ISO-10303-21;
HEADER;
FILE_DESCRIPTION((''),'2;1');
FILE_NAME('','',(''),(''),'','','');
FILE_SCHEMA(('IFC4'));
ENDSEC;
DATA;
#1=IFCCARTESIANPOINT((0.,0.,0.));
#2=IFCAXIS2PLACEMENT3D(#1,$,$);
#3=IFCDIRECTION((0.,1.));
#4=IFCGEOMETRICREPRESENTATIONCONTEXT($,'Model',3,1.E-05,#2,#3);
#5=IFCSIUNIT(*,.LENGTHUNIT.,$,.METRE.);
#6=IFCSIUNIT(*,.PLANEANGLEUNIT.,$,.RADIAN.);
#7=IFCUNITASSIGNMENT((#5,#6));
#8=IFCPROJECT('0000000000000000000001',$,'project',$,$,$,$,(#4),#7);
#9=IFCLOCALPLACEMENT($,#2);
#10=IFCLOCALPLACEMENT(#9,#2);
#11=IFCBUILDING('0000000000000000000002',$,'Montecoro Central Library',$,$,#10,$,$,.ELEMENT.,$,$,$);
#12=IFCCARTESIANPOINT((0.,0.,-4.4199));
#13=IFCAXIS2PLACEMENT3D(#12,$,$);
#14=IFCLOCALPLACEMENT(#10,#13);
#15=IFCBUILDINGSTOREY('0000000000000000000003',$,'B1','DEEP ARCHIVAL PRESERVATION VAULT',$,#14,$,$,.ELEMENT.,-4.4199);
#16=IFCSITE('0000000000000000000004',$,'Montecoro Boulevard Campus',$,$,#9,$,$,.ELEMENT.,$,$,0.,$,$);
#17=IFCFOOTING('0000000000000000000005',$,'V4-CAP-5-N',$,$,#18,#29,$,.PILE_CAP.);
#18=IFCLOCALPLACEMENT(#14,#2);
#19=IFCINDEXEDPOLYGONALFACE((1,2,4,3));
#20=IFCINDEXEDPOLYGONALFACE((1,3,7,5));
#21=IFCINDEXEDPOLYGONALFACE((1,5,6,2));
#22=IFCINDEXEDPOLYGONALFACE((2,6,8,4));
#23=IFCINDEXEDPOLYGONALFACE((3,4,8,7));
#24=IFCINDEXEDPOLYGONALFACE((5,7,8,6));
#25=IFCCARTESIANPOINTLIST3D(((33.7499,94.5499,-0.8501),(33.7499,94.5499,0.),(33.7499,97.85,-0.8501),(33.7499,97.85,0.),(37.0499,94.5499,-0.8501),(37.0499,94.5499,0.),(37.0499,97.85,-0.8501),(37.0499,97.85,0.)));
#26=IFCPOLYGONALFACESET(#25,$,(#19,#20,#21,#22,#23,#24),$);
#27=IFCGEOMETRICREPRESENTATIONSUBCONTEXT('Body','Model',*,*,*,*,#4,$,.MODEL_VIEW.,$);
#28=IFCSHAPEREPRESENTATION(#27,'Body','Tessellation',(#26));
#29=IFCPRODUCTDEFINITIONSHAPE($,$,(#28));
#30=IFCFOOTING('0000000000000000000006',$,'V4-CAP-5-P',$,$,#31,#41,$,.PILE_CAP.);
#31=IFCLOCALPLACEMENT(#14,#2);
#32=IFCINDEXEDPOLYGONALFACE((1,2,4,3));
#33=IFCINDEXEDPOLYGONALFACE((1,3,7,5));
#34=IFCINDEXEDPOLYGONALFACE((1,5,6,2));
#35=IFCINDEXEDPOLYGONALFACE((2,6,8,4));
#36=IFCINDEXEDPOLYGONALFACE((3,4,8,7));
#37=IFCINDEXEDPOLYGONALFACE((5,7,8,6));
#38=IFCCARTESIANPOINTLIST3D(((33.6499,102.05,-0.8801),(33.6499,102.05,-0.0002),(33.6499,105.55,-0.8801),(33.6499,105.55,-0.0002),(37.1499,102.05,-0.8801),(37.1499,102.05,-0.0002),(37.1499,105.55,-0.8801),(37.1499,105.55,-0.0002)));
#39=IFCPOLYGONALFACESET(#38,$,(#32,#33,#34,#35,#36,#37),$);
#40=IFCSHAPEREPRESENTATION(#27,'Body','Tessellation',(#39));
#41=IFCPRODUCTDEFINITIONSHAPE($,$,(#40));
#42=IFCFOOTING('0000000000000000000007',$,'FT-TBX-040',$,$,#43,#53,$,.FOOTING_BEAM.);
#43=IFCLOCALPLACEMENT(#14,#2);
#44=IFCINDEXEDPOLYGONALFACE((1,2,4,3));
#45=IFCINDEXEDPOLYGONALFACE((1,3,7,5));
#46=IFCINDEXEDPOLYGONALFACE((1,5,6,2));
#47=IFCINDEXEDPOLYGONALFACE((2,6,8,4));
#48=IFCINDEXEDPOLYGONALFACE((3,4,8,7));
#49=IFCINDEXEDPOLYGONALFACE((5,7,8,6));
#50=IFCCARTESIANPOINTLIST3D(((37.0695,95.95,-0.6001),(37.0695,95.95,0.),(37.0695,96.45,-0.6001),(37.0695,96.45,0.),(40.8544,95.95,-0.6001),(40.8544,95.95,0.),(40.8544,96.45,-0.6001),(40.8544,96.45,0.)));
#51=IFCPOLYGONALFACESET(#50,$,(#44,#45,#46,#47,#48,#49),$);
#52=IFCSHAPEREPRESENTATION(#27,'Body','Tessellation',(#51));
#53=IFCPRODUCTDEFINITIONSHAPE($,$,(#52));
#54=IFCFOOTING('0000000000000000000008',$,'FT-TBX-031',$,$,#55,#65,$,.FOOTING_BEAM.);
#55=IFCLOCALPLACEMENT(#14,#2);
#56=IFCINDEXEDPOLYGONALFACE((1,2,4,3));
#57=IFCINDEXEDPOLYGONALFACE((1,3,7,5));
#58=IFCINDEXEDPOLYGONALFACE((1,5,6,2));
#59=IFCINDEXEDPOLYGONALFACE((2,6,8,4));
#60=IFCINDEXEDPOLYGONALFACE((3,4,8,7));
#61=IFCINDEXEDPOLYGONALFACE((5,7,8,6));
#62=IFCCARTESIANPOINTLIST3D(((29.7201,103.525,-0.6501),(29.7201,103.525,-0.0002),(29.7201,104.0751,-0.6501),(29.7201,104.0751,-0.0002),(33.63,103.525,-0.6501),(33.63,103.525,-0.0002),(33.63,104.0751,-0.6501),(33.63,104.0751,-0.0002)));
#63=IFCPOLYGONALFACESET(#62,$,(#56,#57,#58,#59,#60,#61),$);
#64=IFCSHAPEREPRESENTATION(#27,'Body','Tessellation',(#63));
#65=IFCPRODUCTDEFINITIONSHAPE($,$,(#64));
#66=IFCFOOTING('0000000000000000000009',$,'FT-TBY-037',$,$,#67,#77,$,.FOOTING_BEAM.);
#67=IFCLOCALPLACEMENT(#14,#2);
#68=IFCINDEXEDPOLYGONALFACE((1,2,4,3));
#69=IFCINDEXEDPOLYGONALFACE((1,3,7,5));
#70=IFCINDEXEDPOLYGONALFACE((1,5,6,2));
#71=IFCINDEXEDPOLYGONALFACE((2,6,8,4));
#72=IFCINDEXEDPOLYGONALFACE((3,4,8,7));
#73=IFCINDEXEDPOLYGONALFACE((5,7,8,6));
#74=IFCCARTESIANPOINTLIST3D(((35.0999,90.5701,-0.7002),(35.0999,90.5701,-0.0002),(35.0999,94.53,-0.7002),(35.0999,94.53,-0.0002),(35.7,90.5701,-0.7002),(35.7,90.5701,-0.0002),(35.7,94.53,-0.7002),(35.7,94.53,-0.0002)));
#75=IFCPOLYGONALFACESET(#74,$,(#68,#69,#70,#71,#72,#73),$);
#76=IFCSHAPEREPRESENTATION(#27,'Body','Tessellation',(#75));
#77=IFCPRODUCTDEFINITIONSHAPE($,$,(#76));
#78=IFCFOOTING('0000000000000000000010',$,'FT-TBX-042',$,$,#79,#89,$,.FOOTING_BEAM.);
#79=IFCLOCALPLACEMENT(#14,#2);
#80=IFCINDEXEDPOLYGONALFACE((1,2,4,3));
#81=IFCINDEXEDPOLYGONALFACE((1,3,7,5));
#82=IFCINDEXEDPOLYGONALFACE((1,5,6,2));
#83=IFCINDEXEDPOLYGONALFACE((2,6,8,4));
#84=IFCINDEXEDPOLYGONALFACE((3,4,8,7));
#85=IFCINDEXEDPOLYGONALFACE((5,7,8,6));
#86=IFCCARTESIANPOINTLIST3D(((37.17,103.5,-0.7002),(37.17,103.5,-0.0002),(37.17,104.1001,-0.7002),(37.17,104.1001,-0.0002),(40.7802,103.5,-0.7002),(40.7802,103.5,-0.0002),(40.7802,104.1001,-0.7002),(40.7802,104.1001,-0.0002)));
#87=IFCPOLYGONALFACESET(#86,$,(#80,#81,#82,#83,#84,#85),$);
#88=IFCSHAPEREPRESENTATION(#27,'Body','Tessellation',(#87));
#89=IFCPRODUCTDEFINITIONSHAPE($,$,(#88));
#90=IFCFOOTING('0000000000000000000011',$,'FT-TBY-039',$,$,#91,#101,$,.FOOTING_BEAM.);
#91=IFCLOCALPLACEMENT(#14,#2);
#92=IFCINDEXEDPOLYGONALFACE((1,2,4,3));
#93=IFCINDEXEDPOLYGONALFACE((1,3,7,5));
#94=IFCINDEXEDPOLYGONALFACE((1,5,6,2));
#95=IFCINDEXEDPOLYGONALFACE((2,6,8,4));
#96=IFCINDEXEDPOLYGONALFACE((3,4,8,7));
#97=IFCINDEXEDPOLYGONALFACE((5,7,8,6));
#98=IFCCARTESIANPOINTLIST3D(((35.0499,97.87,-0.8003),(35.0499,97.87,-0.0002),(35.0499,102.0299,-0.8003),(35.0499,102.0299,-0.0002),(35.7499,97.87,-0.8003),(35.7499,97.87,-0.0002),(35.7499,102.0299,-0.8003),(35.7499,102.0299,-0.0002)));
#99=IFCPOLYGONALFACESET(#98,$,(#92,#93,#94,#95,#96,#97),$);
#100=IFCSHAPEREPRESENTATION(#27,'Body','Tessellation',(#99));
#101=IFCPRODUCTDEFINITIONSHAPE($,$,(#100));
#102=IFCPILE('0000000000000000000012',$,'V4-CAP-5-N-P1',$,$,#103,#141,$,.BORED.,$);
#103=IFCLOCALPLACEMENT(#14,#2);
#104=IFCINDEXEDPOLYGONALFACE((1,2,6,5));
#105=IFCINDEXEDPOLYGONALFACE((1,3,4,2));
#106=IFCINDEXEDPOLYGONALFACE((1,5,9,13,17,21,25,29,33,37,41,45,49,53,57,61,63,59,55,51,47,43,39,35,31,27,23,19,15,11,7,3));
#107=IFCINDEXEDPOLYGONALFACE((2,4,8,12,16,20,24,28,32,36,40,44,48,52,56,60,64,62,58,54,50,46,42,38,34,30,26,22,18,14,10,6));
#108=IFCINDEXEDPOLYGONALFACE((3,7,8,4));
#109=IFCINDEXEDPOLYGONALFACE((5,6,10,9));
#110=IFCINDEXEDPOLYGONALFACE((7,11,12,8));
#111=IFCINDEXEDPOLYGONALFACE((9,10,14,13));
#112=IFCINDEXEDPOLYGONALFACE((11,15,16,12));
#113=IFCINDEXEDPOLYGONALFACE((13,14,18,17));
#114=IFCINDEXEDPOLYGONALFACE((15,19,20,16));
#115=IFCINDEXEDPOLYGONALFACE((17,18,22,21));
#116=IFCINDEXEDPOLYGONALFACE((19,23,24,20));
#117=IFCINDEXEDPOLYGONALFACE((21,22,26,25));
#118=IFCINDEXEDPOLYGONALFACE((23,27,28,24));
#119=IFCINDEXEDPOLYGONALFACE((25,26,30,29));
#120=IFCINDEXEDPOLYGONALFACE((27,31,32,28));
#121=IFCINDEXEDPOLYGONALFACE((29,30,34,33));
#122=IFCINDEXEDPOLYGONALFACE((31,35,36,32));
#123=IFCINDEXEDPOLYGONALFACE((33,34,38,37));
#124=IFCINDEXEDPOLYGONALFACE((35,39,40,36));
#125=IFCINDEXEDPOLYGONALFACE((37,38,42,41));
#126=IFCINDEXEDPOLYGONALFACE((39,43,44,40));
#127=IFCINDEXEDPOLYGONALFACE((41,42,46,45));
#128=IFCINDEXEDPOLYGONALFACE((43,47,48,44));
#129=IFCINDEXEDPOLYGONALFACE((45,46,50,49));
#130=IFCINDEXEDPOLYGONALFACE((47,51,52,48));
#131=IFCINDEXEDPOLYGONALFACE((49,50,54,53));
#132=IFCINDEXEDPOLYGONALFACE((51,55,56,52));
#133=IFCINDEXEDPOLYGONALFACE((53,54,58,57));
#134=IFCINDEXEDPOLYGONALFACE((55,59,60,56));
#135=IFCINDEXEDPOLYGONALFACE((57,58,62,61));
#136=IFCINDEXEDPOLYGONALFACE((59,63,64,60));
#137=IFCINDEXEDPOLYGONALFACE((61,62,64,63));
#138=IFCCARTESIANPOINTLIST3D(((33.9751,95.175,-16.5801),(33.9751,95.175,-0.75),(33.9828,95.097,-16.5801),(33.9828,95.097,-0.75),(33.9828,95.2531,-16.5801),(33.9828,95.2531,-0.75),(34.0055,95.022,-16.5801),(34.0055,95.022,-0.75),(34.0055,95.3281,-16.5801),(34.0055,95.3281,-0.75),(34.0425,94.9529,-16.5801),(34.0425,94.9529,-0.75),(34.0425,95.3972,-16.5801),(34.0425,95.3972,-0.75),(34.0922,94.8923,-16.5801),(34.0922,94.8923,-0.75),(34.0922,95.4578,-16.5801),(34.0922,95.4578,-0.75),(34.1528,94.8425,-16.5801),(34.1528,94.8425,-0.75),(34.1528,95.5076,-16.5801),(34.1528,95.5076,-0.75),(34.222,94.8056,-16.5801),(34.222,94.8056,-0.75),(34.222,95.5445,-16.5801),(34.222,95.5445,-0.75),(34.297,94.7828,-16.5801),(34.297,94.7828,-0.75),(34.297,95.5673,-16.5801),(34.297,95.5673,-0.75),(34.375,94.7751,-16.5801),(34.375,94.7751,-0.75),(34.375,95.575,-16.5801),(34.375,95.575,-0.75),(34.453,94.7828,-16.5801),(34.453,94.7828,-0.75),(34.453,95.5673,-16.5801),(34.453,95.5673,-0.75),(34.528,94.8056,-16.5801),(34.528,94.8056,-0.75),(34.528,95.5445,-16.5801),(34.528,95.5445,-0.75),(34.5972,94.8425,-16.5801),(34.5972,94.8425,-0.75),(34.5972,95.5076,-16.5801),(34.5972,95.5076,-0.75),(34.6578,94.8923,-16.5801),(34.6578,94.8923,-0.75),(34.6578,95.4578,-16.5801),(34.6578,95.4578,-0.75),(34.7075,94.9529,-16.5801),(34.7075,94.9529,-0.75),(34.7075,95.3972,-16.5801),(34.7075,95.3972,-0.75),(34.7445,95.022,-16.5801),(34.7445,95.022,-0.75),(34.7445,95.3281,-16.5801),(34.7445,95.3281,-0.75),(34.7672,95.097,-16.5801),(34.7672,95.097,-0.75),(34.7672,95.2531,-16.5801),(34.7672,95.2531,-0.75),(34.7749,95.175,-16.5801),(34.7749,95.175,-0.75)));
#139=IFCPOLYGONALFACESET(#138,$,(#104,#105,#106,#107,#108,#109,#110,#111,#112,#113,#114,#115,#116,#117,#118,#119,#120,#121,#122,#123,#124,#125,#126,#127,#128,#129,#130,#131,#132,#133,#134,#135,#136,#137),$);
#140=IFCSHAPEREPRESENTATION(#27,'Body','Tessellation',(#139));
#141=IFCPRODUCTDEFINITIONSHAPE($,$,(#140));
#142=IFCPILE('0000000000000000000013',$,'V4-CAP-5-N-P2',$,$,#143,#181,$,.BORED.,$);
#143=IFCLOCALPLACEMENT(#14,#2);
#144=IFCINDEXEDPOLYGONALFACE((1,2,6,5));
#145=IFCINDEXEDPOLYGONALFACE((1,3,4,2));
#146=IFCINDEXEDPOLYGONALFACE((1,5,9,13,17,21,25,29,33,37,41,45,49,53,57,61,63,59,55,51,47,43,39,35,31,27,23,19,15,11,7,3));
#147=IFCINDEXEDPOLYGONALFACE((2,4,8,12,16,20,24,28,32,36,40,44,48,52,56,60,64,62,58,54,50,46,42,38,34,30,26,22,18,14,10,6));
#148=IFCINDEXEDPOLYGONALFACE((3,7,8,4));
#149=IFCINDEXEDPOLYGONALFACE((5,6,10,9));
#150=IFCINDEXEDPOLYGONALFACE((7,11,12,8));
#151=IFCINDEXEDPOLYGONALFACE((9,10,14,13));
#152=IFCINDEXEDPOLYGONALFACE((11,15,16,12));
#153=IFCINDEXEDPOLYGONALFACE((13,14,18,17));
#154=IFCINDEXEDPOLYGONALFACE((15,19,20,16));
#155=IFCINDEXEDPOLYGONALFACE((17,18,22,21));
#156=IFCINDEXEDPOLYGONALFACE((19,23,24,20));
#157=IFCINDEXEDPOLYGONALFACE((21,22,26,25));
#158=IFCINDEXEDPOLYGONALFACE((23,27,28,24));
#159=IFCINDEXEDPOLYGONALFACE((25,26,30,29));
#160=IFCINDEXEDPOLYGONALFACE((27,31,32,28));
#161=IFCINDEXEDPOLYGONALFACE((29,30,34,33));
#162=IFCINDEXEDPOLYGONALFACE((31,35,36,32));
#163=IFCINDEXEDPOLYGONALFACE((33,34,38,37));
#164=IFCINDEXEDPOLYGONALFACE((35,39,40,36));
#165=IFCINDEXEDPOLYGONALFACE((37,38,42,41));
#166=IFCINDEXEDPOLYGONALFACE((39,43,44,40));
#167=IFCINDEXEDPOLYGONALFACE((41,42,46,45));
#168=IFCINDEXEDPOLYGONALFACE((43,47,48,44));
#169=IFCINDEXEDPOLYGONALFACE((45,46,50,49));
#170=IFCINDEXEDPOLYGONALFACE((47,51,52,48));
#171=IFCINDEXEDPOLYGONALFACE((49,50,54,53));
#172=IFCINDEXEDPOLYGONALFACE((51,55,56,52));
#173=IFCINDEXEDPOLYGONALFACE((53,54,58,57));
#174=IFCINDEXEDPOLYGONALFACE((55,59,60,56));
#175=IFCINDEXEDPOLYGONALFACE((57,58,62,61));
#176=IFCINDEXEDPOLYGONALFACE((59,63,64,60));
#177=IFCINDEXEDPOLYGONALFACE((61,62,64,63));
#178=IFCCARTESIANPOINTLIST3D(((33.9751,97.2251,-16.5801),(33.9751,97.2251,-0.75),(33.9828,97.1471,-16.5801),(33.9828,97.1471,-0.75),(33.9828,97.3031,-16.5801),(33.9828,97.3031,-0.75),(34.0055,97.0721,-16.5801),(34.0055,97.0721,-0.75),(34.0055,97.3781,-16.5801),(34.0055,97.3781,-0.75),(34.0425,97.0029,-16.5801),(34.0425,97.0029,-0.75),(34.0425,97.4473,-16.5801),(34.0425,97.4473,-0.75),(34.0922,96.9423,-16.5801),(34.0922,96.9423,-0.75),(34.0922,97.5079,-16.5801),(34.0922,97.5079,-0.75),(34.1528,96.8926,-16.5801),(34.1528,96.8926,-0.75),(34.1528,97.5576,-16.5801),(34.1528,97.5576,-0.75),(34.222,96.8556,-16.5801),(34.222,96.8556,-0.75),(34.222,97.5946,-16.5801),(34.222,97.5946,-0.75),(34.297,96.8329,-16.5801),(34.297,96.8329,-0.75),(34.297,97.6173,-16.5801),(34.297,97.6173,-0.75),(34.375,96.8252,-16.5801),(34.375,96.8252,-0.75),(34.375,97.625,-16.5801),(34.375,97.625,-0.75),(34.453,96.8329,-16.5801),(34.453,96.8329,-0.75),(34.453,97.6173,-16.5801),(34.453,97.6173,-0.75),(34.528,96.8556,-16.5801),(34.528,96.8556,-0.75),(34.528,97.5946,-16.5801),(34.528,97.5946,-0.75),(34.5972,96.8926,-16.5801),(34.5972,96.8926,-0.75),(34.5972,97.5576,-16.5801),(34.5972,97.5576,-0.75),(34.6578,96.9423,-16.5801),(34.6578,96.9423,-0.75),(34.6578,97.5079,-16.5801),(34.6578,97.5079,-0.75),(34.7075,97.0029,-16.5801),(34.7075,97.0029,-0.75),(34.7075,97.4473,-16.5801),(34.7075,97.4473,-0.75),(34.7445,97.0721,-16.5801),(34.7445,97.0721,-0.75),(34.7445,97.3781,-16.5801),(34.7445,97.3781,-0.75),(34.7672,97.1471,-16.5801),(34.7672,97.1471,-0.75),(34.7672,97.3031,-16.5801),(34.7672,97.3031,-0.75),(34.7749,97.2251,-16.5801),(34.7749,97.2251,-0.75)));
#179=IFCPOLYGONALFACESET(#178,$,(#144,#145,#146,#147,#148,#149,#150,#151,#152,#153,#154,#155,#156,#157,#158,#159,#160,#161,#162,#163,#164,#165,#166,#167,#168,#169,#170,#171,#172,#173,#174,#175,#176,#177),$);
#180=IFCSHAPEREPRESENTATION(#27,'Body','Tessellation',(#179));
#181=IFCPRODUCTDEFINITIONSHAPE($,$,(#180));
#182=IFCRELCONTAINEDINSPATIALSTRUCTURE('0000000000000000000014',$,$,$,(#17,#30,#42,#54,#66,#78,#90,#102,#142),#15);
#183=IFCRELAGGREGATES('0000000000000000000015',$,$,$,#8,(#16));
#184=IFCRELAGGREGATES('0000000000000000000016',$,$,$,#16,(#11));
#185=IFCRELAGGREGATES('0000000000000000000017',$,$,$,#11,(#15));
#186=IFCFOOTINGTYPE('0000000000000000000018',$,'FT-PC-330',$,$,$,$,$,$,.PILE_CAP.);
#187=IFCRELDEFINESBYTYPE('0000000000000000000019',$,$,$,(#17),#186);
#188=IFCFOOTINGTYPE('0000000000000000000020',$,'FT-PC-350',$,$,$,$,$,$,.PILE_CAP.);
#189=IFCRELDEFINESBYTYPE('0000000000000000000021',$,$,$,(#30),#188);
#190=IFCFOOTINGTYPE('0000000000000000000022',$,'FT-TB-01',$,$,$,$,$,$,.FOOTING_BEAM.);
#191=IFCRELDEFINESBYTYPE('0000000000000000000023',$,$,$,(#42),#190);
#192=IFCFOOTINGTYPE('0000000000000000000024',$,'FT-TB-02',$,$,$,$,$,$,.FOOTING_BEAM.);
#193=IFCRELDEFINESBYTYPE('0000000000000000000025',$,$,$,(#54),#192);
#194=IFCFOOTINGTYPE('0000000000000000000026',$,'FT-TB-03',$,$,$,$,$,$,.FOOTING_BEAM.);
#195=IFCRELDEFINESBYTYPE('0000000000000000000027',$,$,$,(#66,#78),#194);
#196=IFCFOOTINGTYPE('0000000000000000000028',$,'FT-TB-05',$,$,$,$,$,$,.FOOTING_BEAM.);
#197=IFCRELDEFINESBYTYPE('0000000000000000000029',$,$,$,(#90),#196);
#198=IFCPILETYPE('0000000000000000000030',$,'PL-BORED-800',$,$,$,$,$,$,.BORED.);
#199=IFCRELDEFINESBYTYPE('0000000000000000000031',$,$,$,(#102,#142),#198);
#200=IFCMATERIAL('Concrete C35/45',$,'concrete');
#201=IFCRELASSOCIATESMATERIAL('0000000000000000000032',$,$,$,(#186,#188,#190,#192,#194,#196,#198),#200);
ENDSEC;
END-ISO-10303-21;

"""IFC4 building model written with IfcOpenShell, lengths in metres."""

from ifc_helpers import new_model, si_unit, direction, frame, origin, origin_2d, place, context, subcontext, project, spatial, rectangle, circle, extrude, material, material_profile, profile_set, type_object, element, save


model = new_model("IFC4")

# Units and contexts
model_context = context("Model", 3, precision=1e-05, world=origin(), true_north=direction((0.0, 1.0)))
body_context = subcontext(model_context, "Body", "Model", "MODEL_VIEW")
ifc_project = project(units=[si_unit("LENGTHUNIT", "METRE"), si_unit("PLANEANGLEUNIT", "RADIAN")], contexts=[model_context])

# Site, building, storey
site_placement = place(None, origin())
site = spatial("IfcSite", under=ifc_project, at=site_placement, Name="Montecoro Boulevard Campus", CompositionType="ELEMENT", RefElevation=0.0)
building_placement = place(site_placement, origin())
building = spatial("IfcBuilding", under=site, at=building_placement, Name="Montecoro Central Library", CompositionType="ELEMENT")
storey_placement = place(building_placement, frame((0.0, 0.0, -4.4199)))
storey = spatial("IfcBuildingStorey", under=building, at=storey_placement, Name="B1", Description="DEEP ARCHIVAL PRESERVATION VAULT", CompositionType="ELEMENT", Elevation=-4.4199)

# Footings
ifc_material_1 = material(Name="Concrete C35/45", Category="concrete")
footing_type_1 = type_object("IfcFootingType", Name="FT-PC-330", PredefinedType="PILE_CAP", material=ifc_material_1)
footing_1_placement = place(storey_placement, frame((35.3999, 96.2, -0.8501), z_axis=(0.0, 0.0, 1.0), x_axis=(1.0, 0.0, 0.0)))
element("IfcFooting", 1, at=footing_1_placement, inside=storey, type_object=footing_type_1, Name="V4-CAP-5-N", PredefinedType="PILE_CAP", context=body_context, shape_type="SweptSolid", body=[
    extrude(rectangle(XDim=3.3, YDim=3.3, at=origin_2d()), origin(), (0.0, 0.0, 1.0), 0.8501),
])
footing_type_2 = type_object("IfcFootingType", Name="FT-PC-350", PredefinedType="PILE_CAP", material=ifc_material_1)
footing_2_placement = place(storey_placement, frame((35.3999, 103.8, -0.8801), z_axis=(0.0, 0.0, 1.0), x_axis=(1.0, 0.0, 0.0)))
element("IfcFooting", 2, at=footing_2_placement, inside=storey, type_object=footing_type_2, Name="V4-CAP-5-P", PredefinedType="PILE_CAP", context=body_context, shape_type="SweptSolid", body=[
    extrude(rectangle(XDim=3.5, YDim=3.5, at=origin_2d()), origin(), (0.0, 0.0, 1.0), 0.8799),
])
footing_type_3 = type_object("IfcFootingType", Name="FT-TB-01", PredefinedType="FOOTING_BEAM", material=ifc_material_1)
footing_3_placement = place(storey_placement, frame((38.9619, 96.2, -0.6001), z_axis=(0.0, 0.0, 1.0), x_axis=(1.0, 0.0, 0.0)))
element("IfcFooting", 3, at=footing_3_placement, inside=storey, type_object=footing_type_3, Name="FT-TBX-040", PredefinedType="FOOTING_BEAM", context=body_context, shape_type="SweptSolid", body=[
    extrude(rectangle(XDim=3.7849, YDim=0.5, at=origin_2d()), origin(), (0.0, 0.0, 1.0), 0.6001),
])
footing_type_4 = type_object("IfcFootingType", Name="FT-TB-02", PredefinedType="FOOTING_BEAM", material=ifc_material_1)
footing_4_placement = place(storey_placement, frame((31.675, 103.8, -0.6501), z_axis=(0.0, 0.0, 1.0), x_axis=(1.0, 0.0, 0.0)))
element("IfcFooting", 4, at=footing_4_placement, inside=storey, type_object=footing_type_4, Name="FT-TBX-031", PredefinedType="FOOTING_BEAM", context=body_context, shape_type="SweptSolid", body=[
    extrude(rectangle(XDim=3.9099, YDim=0.55, at=origin_2d()), origin(), (0.0, 0.0, 1.0), 0.6499),
])
footing_type_5 = type_object("IfcFootingType", Name="FT-TB-03", PredefinedType="FOOTING_BEAM", material=ifc_material_1)
footing_5_placement = place(storey_placement, frame((35.3999, 92.55, -0.7002), z_axis=(0.0, 0.0, 1.0), x_axis=(1.0, 0.0, 0.0)))
element("IfcFooting", 5, at=footing_5_placement, inside=storey, type_object=footing_type_5, Name="FT-TBY-037", PredefinedType="FOOTING_BEAM", context=body_context, shape_type="SweptSolid", body=[
    extrude(rectangle(XDim=0.6001, YDim=3.96, at=origin_2d()), origin(), (0.0, 0.0, 1.0), 0.7),
])
footing_6_placement = place(storey_placement, frame((38.9751, 103.8, -0.7002), z_axis=(0.0, 0.0, 1.0), x_axis=(1.0, 0.0, 0.0)))
element("IfcFooting", 6, at=footing_6_placement, inside=storey, type_object=footing_type_5, Name="FT-TBX-042", PredefinedType="FOOTING_BEAM", context=body_context, shape_type="SweptSolid", body=[
    extrude(rectangle(XDim=3.6101, YDim=0.6001, at=origin_2d()), origin(), (0.0, 0.0, 1.0), 0.7),
])
footing_type_6 = type_object("IfcFootingType", Name="FT-TB-05", PredefinedType="FOOTING_BEAM", material=ifc_material_1)
footing_7_placement = place(storey_placement, frame((35.3999, 99.95, -0.8003), z_axis=(0.0, 0.0, 1.0), x_axis=(1.0, 0.0, 0.0)))
element("IfcFooting", 7, at=footing_7_placement, inside=storey, type_object=footing_type_6, Name="FT-TBY-039", PredefinedType="FOOTING_BEAM", context=body_context, shape_type="SweptSolid", body=[
    extrude(rectangle(XDim=0.7, YDim=4.1599, at=origin_2d()), origin(), (0.0, 0.0, 1.0), 0.8),
])

# Piles
ifc_material_profile_1 = material_profile(ifc_material_1, circle(Radius=0.3999, at=origin_2d()), Name="PILE D800")
ifc_profile_set_1 = profile_set([ifc_material_profile_1], Name="Concrete C35/45")
pile_type_1 = type_object("IfcPileType", Name="PL-BORED-800", PredefinedType="BORED", material=ifc_profile_set_1)
for number, where, z_axis, x_axis, name in (
    (8, (34.375, 95.175, -0.75), (0.0, 0.0, -1.0), (1.0, 0.0, 0.0), "V4-CAP-5-N-P1"),
    (9, (34.375, 97.2251, -0.75), (0.0, 0.0, -1.0), (1.0, 0.0, 0.0), "V4-CAP-5-N-P2"),
):
    element("IfcPile", number, at=place(storey_placement, frame(where, z_axis=z_axis, x_axis=x_axis)), inside=storey, type_object=pile_type_1, Name=name, PredefinedType="BORED", context=body_context, shape_type="SweptSolid", body=[
        extrude(circle(Radius=0.3999, at=origin_2d()), origin(), (0.0, 0.0, 1.0), 15.8301),
    ])

save(model, "model.ifc")
